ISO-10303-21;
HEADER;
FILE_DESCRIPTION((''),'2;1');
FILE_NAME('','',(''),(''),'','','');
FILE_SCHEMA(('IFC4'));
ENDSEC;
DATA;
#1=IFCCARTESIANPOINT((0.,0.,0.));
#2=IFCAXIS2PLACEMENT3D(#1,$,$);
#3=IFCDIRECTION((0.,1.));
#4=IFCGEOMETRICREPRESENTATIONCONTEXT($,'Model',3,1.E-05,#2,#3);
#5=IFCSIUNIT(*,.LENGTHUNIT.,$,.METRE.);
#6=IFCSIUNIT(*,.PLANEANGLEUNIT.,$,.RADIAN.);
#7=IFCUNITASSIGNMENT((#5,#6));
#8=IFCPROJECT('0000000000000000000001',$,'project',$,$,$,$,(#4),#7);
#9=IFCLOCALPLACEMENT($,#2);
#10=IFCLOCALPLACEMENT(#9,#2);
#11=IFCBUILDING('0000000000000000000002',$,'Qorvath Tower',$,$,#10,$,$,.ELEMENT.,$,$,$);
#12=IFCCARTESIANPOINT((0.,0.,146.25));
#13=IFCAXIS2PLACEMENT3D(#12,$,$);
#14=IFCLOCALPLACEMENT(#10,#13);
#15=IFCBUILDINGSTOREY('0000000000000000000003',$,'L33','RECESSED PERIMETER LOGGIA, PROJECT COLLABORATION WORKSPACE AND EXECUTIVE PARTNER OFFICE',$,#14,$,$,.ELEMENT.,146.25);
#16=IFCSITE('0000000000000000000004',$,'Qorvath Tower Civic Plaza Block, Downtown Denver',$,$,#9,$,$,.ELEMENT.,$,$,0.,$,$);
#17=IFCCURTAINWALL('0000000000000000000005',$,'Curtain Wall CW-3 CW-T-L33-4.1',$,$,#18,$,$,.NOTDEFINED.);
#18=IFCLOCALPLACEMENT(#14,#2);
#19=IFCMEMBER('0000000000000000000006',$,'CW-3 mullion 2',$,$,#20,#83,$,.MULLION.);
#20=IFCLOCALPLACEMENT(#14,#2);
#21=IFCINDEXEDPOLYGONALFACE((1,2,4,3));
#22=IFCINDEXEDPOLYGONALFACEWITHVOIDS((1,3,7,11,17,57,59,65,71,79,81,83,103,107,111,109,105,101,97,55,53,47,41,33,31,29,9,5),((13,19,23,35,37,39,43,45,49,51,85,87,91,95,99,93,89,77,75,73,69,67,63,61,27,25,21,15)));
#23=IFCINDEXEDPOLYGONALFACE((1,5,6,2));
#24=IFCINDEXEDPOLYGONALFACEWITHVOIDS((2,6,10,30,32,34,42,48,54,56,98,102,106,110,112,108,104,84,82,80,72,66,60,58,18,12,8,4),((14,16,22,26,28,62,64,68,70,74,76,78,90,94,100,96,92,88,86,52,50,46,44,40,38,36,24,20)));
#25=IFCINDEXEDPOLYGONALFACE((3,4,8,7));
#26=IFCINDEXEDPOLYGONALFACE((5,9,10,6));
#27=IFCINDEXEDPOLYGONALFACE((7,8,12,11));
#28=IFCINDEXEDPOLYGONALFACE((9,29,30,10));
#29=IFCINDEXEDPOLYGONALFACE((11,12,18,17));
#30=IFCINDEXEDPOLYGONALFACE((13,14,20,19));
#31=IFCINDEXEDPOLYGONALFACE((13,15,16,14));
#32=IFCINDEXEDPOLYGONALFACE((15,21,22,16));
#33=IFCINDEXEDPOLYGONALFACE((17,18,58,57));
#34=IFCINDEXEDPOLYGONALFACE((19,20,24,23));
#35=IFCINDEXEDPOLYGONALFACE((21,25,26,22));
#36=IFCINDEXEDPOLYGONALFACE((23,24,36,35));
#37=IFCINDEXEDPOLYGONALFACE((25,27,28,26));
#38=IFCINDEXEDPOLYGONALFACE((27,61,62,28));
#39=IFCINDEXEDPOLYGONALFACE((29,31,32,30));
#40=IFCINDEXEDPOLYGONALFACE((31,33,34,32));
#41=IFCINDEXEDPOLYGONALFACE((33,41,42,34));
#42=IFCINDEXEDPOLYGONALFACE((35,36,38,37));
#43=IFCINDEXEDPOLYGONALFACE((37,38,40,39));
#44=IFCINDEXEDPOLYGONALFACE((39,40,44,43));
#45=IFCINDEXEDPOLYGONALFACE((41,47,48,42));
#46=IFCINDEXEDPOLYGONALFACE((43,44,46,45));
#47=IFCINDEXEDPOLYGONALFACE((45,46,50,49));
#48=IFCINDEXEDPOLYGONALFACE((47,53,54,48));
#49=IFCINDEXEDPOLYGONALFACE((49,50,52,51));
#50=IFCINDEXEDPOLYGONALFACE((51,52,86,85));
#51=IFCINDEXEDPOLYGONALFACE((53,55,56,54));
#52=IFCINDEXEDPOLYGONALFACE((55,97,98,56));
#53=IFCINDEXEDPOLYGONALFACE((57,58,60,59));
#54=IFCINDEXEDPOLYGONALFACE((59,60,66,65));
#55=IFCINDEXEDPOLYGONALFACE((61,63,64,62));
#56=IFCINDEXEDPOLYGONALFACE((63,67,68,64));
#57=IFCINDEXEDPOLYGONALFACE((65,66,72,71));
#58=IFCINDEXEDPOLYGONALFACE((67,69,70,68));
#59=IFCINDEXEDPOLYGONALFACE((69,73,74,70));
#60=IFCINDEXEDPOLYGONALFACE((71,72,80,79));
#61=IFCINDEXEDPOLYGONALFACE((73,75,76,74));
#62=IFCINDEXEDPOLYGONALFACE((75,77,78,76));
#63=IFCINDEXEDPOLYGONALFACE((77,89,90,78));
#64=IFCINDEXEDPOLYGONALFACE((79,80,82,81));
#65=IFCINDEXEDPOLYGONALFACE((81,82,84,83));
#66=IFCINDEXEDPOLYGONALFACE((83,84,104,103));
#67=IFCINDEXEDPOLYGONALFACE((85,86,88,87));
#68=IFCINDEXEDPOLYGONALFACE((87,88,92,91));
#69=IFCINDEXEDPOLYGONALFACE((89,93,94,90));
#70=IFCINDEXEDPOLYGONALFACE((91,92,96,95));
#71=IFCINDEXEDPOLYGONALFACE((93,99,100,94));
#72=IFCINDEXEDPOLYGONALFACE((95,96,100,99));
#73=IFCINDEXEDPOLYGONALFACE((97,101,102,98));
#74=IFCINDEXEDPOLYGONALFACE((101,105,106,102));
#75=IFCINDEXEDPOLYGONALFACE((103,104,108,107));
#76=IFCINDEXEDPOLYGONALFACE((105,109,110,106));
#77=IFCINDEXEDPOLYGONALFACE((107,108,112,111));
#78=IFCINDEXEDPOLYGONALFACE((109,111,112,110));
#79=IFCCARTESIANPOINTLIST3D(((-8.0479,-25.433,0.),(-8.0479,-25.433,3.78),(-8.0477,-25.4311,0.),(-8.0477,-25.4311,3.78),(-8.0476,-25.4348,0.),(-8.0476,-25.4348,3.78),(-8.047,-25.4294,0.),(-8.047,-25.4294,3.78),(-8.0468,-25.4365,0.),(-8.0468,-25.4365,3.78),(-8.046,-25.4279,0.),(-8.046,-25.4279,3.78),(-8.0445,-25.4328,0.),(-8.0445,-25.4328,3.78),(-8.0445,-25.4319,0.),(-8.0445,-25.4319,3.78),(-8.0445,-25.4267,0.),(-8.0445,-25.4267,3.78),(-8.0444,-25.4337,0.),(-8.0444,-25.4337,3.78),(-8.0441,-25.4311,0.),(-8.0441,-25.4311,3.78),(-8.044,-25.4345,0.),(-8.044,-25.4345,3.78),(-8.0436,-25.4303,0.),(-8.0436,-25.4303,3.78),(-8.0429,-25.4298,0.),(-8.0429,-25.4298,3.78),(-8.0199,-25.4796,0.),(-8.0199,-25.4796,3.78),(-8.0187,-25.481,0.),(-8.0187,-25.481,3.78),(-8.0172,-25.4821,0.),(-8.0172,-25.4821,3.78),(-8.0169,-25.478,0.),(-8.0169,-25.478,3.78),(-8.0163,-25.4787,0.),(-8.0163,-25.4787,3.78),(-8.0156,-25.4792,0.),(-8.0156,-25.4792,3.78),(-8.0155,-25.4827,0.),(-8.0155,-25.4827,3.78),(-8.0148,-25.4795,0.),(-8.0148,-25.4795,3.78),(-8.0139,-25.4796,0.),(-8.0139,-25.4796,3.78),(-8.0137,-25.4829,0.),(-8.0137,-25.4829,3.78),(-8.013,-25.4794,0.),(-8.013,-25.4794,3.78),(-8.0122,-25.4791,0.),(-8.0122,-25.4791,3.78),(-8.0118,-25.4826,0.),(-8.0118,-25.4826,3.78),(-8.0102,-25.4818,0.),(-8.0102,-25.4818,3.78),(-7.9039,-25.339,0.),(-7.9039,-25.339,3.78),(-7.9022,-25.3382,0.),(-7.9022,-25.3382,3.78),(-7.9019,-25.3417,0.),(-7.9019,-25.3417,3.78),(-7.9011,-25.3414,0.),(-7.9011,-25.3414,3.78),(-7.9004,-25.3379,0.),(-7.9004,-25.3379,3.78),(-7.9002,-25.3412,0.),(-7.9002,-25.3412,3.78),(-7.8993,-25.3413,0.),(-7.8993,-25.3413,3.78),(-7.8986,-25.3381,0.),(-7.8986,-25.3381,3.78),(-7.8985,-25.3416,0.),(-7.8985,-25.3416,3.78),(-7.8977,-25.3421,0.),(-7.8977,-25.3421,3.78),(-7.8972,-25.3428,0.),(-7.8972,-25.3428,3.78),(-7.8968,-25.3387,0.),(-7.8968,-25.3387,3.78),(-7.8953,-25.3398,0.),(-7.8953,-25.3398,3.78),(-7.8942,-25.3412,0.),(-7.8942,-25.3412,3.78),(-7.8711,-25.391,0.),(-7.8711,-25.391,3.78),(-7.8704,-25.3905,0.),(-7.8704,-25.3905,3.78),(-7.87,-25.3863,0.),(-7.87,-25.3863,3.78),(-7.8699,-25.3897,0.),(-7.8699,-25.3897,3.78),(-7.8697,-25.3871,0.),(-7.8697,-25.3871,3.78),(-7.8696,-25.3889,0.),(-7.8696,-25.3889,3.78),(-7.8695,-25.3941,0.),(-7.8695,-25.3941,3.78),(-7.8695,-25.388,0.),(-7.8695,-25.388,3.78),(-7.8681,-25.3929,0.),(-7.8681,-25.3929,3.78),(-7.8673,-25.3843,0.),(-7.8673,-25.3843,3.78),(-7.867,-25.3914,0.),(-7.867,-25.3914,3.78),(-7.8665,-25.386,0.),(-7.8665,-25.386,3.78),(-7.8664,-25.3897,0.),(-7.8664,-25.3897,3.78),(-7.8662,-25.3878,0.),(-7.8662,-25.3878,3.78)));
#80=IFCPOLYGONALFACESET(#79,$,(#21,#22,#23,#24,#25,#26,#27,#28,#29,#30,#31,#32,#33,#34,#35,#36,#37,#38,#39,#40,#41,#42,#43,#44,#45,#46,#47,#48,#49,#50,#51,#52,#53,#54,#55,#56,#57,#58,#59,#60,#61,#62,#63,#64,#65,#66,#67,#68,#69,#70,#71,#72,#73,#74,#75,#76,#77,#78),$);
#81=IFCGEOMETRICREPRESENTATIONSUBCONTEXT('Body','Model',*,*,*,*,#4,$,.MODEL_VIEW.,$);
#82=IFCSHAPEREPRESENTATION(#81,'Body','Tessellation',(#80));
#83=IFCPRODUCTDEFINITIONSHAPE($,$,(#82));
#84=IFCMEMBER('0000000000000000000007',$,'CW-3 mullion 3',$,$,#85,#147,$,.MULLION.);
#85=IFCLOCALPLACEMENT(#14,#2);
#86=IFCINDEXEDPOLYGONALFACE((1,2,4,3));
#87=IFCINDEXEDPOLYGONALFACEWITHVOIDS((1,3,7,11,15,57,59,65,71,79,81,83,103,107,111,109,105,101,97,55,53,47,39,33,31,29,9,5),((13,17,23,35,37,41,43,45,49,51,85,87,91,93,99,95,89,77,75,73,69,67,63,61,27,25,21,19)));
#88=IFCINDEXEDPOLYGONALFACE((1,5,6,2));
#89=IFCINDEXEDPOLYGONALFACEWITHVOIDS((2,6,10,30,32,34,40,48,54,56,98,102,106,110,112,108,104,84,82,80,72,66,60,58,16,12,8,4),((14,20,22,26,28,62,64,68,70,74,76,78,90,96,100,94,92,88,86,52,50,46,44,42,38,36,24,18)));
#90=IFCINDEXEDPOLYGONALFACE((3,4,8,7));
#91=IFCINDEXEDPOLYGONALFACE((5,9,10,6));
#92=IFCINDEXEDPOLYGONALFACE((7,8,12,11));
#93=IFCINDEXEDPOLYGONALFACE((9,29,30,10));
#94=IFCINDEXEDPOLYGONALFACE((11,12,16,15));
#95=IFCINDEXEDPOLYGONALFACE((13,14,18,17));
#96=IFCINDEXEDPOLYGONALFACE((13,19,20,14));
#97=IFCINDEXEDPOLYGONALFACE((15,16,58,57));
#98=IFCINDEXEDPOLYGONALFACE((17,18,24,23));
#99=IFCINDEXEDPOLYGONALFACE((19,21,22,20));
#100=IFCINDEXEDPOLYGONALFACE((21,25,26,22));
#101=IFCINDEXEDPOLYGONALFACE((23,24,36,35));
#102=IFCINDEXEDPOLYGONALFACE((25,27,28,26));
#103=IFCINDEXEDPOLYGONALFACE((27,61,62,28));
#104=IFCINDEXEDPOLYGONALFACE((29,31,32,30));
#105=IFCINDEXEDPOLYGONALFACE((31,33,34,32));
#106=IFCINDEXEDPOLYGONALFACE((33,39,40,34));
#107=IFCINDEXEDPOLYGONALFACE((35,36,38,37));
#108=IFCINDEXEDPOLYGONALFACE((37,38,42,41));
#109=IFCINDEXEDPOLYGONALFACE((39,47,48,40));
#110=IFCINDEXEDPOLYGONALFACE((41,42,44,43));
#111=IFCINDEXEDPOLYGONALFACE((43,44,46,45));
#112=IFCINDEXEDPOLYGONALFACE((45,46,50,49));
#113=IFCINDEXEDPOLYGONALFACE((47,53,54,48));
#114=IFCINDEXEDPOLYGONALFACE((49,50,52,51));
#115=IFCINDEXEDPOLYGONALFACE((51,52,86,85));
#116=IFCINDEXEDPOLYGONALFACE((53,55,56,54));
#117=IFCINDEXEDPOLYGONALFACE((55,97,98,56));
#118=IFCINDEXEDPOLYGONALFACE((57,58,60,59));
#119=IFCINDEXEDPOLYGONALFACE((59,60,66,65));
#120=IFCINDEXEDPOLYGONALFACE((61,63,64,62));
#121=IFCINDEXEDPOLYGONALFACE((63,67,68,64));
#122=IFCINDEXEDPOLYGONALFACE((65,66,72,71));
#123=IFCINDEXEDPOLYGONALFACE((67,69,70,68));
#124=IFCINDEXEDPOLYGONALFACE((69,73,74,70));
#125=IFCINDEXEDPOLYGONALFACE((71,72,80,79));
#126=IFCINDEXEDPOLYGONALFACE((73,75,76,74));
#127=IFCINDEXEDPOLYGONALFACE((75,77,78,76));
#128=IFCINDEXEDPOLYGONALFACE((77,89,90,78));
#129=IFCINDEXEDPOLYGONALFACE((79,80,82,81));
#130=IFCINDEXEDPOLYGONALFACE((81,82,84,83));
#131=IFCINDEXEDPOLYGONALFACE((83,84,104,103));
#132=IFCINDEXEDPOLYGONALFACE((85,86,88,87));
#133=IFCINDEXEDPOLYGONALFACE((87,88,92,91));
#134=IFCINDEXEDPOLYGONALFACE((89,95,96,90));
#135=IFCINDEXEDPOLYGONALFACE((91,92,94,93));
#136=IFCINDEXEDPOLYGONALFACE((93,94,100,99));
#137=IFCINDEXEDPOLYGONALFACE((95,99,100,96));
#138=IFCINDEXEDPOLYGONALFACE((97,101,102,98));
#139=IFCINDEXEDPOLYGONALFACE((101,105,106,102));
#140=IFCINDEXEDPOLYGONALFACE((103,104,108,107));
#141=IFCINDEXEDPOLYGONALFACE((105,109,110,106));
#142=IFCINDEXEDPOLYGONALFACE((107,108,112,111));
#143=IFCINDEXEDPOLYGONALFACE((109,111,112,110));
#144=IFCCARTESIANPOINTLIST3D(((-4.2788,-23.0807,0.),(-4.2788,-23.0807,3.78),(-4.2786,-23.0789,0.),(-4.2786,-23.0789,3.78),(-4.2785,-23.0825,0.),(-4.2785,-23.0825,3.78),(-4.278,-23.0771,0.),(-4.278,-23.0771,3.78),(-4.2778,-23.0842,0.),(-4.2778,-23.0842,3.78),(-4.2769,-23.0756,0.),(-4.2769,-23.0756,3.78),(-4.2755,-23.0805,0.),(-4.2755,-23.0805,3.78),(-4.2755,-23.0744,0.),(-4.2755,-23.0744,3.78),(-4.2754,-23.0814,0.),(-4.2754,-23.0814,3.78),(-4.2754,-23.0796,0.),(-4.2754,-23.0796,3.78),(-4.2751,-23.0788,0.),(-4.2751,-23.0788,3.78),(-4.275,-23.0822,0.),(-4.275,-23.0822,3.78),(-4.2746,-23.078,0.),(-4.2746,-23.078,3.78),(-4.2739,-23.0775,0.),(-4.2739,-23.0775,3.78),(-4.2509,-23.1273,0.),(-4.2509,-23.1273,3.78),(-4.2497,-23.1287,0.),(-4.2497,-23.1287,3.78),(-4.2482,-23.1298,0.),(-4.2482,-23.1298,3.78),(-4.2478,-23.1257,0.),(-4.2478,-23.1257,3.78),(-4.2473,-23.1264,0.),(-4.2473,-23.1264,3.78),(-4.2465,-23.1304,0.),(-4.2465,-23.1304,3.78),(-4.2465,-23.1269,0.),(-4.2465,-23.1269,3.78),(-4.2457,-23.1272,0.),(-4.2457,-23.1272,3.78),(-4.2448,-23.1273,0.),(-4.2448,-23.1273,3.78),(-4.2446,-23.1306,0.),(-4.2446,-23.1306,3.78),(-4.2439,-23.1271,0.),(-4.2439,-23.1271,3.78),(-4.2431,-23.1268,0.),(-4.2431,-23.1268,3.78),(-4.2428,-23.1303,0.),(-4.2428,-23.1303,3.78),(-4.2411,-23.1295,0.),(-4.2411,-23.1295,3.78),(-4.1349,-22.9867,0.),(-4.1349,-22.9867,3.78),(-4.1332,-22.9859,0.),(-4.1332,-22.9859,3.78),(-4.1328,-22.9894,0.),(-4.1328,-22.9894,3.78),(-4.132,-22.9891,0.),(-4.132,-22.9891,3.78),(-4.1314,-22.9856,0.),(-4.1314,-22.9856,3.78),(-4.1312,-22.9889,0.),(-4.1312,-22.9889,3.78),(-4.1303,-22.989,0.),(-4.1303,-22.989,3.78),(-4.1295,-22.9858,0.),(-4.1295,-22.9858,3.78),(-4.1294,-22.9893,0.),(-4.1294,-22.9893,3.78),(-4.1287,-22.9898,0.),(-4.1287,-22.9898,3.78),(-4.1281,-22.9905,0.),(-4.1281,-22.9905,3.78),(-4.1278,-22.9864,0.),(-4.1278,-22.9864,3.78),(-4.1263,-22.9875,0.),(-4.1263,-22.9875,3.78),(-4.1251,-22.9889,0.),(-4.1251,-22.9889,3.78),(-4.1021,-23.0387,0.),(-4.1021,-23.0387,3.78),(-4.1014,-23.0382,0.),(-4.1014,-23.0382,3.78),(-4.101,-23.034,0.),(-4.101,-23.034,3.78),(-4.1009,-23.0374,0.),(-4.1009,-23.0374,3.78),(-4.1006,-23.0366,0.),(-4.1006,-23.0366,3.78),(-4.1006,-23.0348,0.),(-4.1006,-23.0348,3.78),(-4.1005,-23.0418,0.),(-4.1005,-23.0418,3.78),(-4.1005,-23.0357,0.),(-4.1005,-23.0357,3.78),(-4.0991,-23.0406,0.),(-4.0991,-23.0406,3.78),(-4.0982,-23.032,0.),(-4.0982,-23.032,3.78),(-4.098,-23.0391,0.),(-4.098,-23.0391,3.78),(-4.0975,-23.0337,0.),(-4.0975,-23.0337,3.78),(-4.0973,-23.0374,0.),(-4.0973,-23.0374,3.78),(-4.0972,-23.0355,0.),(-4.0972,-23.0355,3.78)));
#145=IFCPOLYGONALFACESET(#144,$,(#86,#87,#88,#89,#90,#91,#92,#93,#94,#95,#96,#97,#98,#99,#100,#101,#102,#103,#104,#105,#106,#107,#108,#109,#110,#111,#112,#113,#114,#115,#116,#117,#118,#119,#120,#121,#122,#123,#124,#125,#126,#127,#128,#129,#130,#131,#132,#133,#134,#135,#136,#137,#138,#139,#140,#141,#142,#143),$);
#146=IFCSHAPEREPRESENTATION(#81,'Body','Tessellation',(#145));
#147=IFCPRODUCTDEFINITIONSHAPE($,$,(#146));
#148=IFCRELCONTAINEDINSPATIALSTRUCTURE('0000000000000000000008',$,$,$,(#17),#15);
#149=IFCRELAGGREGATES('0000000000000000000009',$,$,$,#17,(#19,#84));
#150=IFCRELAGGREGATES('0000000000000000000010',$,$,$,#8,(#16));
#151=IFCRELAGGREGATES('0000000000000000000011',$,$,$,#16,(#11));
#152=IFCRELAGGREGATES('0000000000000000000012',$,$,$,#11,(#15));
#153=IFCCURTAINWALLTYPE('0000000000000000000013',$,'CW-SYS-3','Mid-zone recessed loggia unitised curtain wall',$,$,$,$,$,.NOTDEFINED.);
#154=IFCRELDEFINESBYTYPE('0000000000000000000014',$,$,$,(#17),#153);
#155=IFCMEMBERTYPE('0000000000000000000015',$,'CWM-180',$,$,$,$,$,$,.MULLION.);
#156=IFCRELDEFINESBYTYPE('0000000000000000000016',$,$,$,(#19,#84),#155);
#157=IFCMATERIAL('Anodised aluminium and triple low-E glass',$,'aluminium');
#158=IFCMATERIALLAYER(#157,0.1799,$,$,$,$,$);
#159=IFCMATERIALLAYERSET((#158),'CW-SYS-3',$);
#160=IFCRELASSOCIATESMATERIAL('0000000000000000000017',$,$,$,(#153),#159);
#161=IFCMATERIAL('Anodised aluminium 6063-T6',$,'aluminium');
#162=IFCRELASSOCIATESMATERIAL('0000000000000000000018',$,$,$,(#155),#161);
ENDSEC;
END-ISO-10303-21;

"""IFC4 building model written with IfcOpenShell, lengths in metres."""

from ifc_helpers import new_model, si_unit, direction, frame, origin, origin_2d, place, context, subcontext, project, spatial, hollow_rectangle, extrude, material, layer, layer_set, material_profile, profile_set, type_object, element, aggregate, save


model = new_model("IFC4")

# Units and contexts
model_context = context("Model", 3, precision=1e-05, world=origin(), true_north=direction((0.0, 1.0)))
body_context = subcontext(model_context, "Body", "Model", "MODEL_VIEW")
ifc_project = project(units=[si_unit("LENGTHUNIT", "METRE"), si_unit("PLANEANGLEUNIT", "RADIAN")], contexts=[model_context])

# Site, building, storey
site_placement = place(None, origin())
site = spatial("IfcSite", under=ifc_project, at=site_placement, Name="Qorvath Tower Civic Plaza Block, Downtown Denver", CompositionType="ELEMENT", RefElevation=0.0)
building_placement = place(site_placement, origin())
building = spatial("IfcBuilding", under=site, at=building_placement, Name="Qorvath Tower", CompositionType="ELEMENT")
storey_placement = place(building_placement, frame((0.0, 0.0, 146.25)))
storey = spatial("IfcBuildingStorey", under=building, at=storey_placement, Name="L33", Description="RECESSED PERIMETER LOGGIA, PROJECT COLLABORATION WORKSPACE AND EXECUTIVE PARTNER OFFICE", CompositionType="ELEMENT", Elevation=146.25)

# Curtain wall, members
ifc_material_1 = material(Name="Anodised aluminium and triple low-E glass", Category="aluminium")
ifc_layer_1 = layer(ifc_material_1, 0.1799)
ifc_layer_set_1 = layer_set([ifc_layer_1], Name="CW-SYS-3")
curtain_wall_type = type_object("IfcCurtainWallType", Name="CW-SYS-3", Description="Mid-zone recessed loggia unitised curtain wall", PredefinedType="NOTDEFINED", material=ifc_layer_set_1)
curtain_wall_1_placement = place(storey_placement, origin())
curtain_wall_1 = element("IfcCurtainWall", 1, at=curtain_wall_1_placement, inside=storey, type_object=curtain_wall_type, Name="Curtain Wall CW-3 CW-T-L33-4.1", PredefinedType="NOTDEFINED")
ifc_material_2 = material(Name="Anodised aluminium 6063-T6", Category="aluminium")
ifc_material_profile_1 = material_profile(ifc_material_2, hollow_rectangle(XDim=0.0649, YDim=0.1799, WallThickness=0.0034, InnerFilletRadius=0.0034, OuterFilletRadius=0.0071, at=origin_2d()), Name="CWM 180x65")
ifc_profile_set_1 = profile_set([ifc_material_profile_1], Name="Anodised aluminium 6063-T6")
member_type_1 = type_object("IfcMemberType", Name="CWM-180", PredefinedType="MULLION", material=ifc_profile_set_1)
member_1_placement = place(storey_placement, frame((-7.957, -25.4104, 0.0), z_axis=(0.0, 0.0, 1.0), x_axis=(-0.529441, 0.848346, 0.0)))
member_1 = element("IfcMember", 2, at=member_1_placement, type_object=member_type_1, Name="CW-3 mullion 2", PredefinedType="MULLION", context=body_context, shape_type="SweptSolid", body=[
    extrude(hollow_rectangle(XDim=0.0649, YDim=0.1799, WallThickness=0.0034, InnerFilletRadius=0.0034, OuterFilletRadius=0.0071, at=origin_2d()), origin(), (0.0, 0.0, 1.0), 3.78),
])
member_2_placement = place(storey_placement, frame((-4.188, -23.0581, 0.0), z_axis=(0.0, 0.0, 1.0), x_axis=(-0.529441, 0.848346, 0.0)))
member_2 = element("IfcMember", 3, at=member_2_placement, type_object=member_type_1, Name="CW-3 mullion 3", PredefinedType="MULLION", context=body_context, shape_type="SweptSolid", body=[
    extrude(hollow_rectangle(XDim=0.0649, YDim=0.1799, WallThickness=0.0034, InnerFilletRadius=0.0034, OuterFilletRadius=0.0071, at=origin_2d()), origin(), (0.0, 0.0, 1.0), 3.78),
])

aggregate(curtain_wall_1, [member_1, member_2])

save(model, "model.ifc")
